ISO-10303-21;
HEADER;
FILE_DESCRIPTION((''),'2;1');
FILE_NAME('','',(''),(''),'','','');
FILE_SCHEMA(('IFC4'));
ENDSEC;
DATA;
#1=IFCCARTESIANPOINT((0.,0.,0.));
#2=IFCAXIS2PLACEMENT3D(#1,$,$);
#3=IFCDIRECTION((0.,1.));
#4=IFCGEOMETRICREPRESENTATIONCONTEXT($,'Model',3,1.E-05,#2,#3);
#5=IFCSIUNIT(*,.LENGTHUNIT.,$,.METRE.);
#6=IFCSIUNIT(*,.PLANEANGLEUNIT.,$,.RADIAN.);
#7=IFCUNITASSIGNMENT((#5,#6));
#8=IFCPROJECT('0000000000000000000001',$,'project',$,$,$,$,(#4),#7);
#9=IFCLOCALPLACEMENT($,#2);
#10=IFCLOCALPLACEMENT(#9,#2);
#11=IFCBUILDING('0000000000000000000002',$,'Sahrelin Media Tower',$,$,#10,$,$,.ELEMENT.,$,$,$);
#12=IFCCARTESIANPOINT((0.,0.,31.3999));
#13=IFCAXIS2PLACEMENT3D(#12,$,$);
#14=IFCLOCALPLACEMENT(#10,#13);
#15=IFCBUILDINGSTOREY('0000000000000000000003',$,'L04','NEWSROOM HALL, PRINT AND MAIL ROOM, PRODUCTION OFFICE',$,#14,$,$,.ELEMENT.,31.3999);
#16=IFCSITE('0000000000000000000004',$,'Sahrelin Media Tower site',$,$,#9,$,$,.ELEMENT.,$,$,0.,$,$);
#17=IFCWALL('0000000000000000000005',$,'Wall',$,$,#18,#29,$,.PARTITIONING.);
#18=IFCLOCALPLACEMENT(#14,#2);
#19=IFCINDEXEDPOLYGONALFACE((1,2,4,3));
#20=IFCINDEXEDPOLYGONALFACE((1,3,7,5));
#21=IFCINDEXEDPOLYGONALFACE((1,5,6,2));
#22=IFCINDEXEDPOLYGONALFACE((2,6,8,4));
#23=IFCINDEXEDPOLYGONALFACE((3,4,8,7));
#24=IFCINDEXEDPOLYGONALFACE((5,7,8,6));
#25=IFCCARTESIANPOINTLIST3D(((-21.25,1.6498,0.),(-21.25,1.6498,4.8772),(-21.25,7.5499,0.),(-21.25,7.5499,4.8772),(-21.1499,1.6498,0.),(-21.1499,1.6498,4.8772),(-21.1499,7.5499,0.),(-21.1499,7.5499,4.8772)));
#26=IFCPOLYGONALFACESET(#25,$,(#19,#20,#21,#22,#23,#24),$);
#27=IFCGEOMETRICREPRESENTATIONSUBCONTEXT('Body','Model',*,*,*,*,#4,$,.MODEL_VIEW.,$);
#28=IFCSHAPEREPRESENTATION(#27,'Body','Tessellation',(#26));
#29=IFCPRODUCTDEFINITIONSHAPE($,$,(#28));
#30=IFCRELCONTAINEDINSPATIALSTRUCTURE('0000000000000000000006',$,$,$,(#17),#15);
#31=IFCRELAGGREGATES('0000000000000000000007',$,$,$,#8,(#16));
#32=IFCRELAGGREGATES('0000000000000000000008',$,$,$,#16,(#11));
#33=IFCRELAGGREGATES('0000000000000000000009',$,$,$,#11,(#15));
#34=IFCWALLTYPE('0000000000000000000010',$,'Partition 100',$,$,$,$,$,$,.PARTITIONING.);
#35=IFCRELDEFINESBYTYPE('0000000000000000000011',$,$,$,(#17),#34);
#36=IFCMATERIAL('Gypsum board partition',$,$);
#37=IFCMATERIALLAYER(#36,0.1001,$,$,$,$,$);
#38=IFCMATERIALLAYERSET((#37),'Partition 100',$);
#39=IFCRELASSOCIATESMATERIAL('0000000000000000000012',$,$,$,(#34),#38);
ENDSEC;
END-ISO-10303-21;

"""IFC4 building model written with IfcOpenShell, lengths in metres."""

from ifc_helpers import new_model, si_unit, direction, frame, frame_2d, origin, place, context, subcontext, project, spatial, rectangle, extrude, material, layer, layer_set, type_object, element, save


model = new_model("IFC4")

# Units and contexts
model_context = context("Model", 3, precision=1e-05, world=origin(), true_north=direction((0.0, 1.0)))
body_context = subcontext(model_context, "Body", "Model", "MODEL_VIEW")
ifc_project = project(units=[si_unit("LENGTHUNIT", "METRE"), si_unit("PLANEANGLEUNIT", "RADIAN")], contexts=[model_context])

# Site, building, storey
site_placement = place(None, origin())
site = spatial("IfcSite", under=ifc_project, at=site_placement, Name="Sahrelin Media Tower site", CompositionType="ELEMENT", RefElevation=0.0)
building_placement = place(site_placement, origin())
building = spatial("IfcBuilding", under=site, at=building_placement, Name="Sahrelin Media Tower", CompositionType="ELEMENT")
storey_placement = place(building_placement, frame((0.0, 0.0, 31.3999)))
storey = spatial("IfcBuildingStorey", under=building, at=storey_placement, Name="L04", Description="NEWSROOM HALL, PRINT AND MAIL ROOM, PRODUCTION OFFICE", CompositionType="ELEMENT", Elevation=31.3999)

# Shared definitions
ifc_material_1 = material(Name="Gypsum board partition")
ifc_layer_1 = layer(ifc_material_1, 0.1001)
ifc_layer_set_1 = layer_set([ifc_layer_1], Name="Partition 100")
wall_type = type_object("IfcWallType", Name="Partition 100", PredefinedType="PARTITIONING", material=ifc_layer_set_1)

# Wall
wall_1_placement = place(storey_placement, frame((-21.2, 7.55, 0.0), z_axis=(0.0, 0.0, 1.0), x_axis=(0.0, -1.0, 0.0)))
element("IfcWall", 1, at=wall_1_placement, inside=storey, type_object=wall_type, Name="Wall", PredefinedType="PARTITIONING", context=body_context, shape_type="SweptSolid", body=[
    extrude(rectangle(XDim=5.9001, YDim=0.1001, at=frame_2d((2.9502, 0.0))), origin(), (0.0, 0.0, 1.0), 4.8772),
])

save(model, "model.ifc")
